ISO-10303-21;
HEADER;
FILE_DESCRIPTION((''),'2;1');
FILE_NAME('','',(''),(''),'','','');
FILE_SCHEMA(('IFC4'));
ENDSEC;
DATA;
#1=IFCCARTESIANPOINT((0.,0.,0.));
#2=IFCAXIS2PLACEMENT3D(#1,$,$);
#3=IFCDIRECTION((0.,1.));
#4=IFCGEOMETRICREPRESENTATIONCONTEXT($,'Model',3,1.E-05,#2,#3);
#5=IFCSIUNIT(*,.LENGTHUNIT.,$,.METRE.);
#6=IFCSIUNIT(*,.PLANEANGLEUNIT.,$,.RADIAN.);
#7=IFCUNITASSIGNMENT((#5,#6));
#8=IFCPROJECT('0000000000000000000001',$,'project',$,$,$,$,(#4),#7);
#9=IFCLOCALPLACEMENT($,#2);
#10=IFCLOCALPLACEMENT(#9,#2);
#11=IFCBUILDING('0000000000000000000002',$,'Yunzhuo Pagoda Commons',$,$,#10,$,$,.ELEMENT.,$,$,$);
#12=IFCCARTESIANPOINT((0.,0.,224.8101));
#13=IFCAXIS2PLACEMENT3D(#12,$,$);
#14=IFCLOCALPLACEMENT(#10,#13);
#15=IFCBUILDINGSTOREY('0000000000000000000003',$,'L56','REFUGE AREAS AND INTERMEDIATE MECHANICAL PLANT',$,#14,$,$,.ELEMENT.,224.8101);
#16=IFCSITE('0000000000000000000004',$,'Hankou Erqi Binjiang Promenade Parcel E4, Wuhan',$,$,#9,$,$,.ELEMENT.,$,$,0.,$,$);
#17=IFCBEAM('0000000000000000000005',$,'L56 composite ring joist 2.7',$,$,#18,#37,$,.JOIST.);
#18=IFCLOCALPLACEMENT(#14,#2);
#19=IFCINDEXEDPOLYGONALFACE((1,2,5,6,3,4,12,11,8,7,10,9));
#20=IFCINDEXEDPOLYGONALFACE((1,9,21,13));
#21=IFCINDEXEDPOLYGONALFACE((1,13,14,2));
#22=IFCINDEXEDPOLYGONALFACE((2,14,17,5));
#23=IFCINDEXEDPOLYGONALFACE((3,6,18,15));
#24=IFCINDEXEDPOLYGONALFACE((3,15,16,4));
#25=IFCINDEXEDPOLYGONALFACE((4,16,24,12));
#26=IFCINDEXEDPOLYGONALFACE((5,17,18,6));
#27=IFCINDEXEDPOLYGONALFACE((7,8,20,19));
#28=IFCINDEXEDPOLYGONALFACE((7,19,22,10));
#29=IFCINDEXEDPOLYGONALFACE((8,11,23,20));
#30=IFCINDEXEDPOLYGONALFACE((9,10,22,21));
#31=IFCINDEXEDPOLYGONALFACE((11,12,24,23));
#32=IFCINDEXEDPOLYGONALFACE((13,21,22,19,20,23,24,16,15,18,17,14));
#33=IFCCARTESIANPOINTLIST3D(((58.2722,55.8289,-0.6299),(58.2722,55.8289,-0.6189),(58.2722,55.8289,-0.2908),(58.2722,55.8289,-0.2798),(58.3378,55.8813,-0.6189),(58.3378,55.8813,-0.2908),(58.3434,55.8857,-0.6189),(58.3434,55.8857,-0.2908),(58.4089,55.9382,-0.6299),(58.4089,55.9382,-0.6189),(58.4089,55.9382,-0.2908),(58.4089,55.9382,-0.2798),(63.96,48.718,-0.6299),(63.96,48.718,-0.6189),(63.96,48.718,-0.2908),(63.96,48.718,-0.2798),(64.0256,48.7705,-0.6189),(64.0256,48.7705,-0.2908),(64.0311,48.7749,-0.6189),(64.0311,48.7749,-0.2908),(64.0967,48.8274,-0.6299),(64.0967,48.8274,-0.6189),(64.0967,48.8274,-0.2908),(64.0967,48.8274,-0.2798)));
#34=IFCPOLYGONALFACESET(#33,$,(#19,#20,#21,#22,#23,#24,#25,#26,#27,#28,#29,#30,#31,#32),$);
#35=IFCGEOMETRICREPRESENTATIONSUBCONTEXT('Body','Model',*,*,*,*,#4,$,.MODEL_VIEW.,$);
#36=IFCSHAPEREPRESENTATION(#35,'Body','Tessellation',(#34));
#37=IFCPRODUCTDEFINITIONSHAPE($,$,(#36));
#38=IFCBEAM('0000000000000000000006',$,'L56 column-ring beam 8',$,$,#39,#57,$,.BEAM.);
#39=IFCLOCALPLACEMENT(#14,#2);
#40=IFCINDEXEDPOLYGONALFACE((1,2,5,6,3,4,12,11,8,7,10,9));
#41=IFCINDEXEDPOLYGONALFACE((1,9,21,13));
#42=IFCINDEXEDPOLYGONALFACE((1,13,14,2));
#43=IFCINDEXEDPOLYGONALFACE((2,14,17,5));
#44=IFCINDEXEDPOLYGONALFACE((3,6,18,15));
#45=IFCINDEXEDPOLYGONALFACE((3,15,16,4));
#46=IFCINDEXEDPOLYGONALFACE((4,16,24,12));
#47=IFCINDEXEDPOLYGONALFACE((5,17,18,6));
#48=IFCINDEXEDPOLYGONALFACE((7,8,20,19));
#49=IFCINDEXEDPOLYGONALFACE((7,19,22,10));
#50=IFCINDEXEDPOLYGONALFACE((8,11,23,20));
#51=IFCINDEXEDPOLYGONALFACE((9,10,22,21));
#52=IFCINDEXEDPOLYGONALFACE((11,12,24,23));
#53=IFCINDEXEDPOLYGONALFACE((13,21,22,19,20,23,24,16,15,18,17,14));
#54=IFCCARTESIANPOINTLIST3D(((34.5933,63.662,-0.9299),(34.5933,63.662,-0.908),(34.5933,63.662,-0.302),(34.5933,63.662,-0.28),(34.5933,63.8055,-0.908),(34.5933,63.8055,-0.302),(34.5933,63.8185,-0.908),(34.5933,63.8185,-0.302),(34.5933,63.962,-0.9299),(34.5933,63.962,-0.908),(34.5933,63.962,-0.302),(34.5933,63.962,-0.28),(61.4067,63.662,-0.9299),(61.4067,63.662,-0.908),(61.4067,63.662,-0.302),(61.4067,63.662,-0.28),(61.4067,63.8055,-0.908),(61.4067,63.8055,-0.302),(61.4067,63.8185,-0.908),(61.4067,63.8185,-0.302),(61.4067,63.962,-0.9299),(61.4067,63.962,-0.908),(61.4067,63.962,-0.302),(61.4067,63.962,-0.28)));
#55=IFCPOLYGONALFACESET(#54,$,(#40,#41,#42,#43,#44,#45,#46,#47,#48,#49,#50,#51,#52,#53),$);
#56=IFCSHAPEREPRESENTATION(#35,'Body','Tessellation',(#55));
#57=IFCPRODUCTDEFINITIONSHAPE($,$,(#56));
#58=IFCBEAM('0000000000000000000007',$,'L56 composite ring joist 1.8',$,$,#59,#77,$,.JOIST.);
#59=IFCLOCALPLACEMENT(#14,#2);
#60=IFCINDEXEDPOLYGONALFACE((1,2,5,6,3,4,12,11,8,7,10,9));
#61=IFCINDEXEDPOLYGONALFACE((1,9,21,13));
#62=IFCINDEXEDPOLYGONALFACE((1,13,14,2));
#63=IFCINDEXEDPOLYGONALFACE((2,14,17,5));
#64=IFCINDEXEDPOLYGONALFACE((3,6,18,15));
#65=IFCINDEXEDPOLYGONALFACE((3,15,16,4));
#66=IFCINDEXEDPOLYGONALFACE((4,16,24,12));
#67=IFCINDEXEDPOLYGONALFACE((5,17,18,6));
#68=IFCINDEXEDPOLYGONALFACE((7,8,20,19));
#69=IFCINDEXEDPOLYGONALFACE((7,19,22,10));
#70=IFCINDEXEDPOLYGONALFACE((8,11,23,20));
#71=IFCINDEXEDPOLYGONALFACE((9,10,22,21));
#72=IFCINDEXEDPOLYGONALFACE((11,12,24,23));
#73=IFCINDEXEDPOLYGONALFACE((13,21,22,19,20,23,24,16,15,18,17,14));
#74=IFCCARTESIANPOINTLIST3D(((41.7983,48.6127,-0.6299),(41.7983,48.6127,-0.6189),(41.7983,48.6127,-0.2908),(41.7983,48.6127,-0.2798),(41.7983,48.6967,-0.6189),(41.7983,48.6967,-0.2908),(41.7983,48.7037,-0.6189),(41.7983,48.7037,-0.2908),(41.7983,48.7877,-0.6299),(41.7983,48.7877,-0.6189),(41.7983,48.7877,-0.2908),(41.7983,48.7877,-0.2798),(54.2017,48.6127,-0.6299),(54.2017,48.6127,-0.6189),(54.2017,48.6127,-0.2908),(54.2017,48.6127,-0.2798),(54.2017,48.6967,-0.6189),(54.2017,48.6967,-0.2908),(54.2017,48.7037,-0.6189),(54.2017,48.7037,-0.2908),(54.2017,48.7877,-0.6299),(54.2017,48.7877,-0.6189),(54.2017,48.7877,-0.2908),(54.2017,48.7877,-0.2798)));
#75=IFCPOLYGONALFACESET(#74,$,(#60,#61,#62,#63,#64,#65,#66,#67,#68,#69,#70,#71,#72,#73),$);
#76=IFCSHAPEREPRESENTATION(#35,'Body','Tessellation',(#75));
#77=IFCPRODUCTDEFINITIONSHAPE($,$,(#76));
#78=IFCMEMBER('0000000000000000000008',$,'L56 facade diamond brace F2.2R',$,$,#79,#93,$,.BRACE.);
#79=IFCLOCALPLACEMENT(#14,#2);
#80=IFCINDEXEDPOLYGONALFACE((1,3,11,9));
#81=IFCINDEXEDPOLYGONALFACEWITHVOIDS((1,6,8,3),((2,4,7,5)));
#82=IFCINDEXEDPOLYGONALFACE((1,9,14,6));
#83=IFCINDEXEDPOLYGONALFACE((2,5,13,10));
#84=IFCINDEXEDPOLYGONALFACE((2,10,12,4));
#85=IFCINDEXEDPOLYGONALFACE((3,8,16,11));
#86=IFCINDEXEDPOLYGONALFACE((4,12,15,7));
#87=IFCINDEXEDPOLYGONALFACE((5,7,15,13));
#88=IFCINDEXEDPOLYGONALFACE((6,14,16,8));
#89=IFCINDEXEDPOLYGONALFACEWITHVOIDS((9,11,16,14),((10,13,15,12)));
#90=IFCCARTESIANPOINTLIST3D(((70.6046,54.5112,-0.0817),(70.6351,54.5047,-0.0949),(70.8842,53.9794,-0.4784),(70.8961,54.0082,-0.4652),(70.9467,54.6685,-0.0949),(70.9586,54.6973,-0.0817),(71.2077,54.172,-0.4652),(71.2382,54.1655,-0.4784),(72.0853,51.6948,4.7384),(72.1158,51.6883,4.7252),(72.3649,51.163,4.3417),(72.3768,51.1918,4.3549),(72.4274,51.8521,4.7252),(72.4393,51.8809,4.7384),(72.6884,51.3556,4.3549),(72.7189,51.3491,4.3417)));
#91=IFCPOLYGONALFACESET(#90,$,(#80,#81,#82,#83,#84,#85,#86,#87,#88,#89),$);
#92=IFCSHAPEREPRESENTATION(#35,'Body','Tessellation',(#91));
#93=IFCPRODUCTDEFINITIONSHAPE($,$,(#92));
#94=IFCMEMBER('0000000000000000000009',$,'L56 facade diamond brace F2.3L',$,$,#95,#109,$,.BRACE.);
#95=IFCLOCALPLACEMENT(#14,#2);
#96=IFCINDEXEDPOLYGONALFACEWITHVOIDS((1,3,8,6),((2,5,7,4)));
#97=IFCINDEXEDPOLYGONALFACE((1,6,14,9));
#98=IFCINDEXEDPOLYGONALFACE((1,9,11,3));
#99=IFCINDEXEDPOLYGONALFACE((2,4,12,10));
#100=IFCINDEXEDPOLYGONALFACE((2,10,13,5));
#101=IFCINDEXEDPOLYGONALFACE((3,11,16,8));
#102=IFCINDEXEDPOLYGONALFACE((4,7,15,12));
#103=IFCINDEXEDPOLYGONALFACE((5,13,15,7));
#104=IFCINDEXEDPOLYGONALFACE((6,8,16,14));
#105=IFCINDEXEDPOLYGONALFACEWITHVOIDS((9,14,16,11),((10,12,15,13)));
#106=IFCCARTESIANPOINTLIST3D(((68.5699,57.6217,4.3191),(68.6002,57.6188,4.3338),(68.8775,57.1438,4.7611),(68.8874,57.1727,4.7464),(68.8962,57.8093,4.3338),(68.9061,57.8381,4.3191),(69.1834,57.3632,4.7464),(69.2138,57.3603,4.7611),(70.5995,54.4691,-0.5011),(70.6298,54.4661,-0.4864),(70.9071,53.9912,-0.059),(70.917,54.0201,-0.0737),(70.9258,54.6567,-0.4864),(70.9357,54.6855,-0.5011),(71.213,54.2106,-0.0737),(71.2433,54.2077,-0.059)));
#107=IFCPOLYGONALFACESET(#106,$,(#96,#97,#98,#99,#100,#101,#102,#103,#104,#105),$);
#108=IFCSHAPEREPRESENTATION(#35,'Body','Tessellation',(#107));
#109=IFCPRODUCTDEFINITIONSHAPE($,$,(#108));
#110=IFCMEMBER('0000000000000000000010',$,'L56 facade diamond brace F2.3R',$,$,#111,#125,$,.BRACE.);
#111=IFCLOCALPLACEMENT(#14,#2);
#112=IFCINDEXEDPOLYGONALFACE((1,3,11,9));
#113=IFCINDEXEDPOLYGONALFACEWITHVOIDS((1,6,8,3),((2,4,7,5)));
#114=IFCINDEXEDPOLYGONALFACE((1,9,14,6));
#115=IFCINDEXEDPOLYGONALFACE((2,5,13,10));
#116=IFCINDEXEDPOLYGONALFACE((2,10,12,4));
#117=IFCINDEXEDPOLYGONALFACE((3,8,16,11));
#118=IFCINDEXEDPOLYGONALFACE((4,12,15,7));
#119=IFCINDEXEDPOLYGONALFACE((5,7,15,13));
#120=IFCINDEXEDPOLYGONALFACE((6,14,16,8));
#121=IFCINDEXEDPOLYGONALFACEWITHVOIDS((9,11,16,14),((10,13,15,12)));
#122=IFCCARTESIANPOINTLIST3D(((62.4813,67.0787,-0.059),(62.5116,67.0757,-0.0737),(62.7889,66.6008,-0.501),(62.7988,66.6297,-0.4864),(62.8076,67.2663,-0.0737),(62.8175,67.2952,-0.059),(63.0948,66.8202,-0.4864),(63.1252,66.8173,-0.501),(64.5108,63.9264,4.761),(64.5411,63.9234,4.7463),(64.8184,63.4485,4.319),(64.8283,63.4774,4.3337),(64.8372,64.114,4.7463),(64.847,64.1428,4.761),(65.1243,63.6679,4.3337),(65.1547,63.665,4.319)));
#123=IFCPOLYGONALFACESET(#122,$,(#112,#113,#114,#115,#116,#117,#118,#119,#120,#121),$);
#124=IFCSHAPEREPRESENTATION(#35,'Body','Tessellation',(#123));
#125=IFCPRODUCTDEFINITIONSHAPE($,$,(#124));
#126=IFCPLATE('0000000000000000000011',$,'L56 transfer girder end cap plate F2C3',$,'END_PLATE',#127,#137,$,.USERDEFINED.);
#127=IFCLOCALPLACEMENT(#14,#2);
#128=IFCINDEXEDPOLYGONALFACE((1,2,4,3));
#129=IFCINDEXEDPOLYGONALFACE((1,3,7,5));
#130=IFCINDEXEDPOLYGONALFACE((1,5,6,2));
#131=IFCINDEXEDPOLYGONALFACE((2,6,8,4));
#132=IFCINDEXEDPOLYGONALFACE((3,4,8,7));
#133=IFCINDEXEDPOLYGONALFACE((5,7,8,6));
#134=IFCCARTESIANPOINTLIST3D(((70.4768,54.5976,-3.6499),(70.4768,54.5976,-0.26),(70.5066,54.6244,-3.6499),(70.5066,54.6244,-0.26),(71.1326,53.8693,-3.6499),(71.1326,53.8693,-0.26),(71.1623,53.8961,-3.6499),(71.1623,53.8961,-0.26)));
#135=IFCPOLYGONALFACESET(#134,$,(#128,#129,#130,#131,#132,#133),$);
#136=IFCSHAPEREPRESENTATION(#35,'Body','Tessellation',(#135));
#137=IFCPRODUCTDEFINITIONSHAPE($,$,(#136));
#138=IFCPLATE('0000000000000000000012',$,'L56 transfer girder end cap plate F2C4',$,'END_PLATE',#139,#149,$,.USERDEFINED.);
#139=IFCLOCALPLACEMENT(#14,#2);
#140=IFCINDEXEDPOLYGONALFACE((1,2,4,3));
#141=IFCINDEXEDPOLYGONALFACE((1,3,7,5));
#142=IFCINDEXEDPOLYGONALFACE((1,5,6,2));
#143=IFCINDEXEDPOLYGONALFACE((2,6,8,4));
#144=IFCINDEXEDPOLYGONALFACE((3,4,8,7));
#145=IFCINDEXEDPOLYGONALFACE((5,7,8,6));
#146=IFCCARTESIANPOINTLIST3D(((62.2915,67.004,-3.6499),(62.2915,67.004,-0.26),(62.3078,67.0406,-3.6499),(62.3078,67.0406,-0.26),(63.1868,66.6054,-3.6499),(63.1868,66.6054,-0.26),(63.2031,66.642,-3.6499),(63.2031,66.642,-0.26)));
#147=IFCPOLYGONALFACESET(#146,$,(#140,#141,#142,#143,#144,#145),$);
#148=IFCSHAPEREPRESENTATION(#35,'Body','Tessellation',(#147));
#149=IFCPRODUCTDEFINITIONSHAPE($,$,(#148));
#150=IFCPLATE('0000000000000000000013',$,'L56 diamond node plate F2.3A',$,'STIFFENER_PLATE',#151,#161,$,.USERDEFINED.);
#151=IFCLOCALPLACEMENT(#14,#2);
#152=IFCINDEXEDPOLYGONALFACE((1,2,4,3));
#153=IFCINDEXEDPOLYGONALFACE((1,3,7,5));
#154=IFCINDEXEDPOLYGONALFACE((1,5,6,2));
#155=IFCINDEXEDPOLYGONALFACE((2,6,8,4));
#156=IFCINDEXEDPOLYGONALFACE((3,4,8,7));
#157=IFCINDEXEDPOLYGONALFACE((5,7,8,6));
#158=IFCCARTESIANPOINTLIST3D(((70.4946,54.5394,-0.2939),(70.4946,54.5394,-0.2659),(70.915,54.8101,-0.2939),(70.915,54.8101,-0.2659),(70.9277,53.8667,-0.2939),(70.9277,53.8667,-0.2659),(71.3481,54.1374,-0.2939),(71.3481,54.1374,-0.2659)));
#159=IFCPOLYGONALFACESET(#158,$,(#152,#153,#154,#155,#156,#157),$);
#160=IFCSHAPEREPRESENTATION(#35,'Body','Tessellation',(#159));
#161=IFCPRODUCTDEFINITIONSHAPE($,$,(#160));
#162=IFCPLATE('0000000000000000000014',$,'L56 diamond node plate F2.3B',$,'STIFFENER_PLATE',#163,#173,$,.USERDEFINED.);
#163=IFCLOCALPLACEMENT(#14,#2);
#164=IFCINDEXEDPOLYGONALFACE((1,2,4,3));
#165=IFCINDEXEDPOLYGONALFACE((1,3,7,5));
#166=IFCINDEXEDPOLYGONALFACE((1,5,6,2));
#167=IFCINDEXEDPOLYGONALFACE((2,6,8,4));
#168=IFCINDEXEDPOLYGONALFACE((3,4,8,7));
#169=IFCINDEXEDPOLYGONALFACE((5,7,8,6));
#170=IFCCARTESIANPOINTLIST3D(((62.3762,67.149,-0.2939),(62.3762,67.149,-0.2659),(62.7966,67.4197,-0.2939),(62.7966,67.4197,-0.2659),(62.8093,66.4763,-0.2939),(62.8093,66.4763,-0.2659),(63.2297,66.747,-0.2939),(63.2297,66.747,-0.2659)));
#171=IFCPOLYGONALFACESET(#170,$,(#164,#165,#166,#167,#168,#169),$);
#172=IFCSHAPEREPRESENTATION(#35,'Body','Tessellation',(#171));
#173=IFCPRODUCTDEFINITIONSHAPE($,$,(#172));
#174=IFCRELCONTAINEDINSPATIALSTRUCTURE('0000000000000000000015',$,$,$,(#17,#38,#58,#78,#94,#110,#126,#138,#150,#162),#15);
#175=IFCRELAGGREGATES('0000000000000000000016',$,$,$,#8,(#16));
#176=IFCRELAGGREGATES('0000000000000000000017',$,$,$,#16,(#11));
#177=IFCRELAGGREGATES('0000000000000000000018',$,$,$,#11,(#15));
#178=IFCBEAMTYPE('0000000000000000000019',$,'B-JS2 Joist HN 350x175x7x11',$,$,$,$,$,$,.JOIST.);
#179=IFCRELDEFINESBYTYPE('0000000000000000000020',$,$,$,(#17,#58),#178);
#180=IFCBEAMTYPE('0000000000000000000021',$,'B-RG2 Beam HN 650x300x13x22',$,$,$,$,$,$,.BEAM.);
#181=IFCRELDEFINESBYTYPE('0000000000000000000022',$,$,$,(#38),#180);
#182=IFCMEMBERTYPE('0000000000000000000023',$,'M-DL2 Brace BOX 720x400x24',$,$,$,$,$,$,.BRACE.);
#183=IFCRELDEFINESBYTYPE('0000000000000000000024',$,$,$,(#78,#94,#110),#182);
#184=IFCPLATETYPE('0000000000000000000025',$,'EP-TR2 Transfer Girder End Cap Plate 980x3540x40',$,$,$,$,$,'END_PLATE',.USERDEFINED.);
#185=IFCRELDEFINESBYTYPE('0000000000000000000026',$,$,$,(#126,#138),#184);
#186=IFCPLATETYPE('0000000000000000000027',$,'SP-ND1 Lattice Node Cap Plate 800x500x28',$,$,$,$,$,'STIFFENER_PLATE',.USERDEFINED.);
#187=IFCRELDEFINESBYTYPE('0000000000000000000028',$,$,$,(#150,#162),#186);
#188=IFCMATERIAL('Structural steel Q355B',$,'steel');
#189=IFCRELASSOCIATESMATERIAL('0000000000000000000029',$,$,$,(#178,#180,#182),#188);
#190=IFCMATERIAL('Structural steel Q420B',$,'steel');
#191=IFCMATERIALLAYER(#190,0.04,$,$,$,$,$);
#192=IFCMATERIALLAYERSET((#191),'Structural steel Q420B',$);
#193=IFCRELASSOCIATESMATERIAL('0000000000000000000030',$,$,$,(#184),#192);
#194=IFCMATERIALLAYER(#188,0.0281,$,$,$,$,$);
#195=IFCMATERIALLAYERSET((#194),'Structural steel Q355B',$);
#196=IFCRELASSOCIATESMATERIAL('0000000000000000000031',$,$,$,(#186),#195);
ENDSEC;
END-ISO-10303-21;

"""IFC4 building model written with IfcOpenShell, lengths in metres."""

from ifc_helpers import new_model, si_unit, direction, frame, origin, origin_2d, place, context, subcontext, project, spatial, rectangle, hollow_rectangle, i_section, extrude, source, transform, mapped, material, layer, layer_set, material_profile, profile_set, type_object, element, save


model = new_model("IFC4")

# Units and contexts
model_context = context("Model", 3, precision=1e-05, world=origin(), true_north=direction((0.0, 1.0)))
body_context = subcontext(model_context, "Body", "Model", "MODEL_VIEW")
ifc_project = project(units=[si_unit("LENGTHUNIT", "METRE"), si_unit("PLANEANGLEUNIT", "RADIAN")], contexts=[model_context])

# Site, building, storey
site_placement = place(None, origin())
site = spatial("IfcSite", under=ifc_project, at=site_placement, Name="Hankou Erqi Binjiang Promenade Parcel E4, Wuhan", CompositionType="ELEMENT", RefElevation=0.0)
building_placement = place(site_placement, origin())
building = spatial("IfcBuilding", under=site, at=building_placement, Name="Yunzhuo Pagoda Commons", CompositionType="ELEMENT")
storey_placement = place(building_placement, frame((0.0, 0.0, 224.8101)))
storey = spatial("IfcBuildingStorey", under=building, at=storey_placement, Name="L56", Description="REFUGE AREAS AND INTERMEDIATE MECHANICAL PLANT", CompositionType="ELEMENT", Elevation=224.8101)

# Shared definitions
ifc_material_1 = material(Name="Structural steel Q355B", Category="steel")

# Beams
ifc_material_profile_1 = material_profile(ifc_material_1, i_section(OverallWidth=0.175, OverallDepth=0.3501, WebThickness=0.0071, FlangeThickness=0.011, at=origin_2d()), Name="Structural steel Q355B")
ifc_profile_set_1 = profile_set([ifc_material_profile_1], Name="Structural steel Q355B")
beam_type_1 = type_object("IfcBeamType", Name="B-JS2 Joist HN 350x175x7x11", PredefinedType="JOIST", material=ifc_profile_set_1)
ifc_material_2 = material(Name="Structural steel Q420B", Category="steel")
ifc_material_profile_2 = material_profile(ifc_material_1, i_section(OverallWidth=0.3, OverallDepth=0.6499, WebThickness=0.0129, FlangeThickness=0.022, at=origin_2d()), Name="Structural steel Q355B")
ifc_profile_set_2 = profile_set([ifc_material_profile_2], Name="Structural steel Q355B")
beam_type_2 = type_object("IfcBeamType", Name="B-RG2 Beam HN 650x300x13x22", PredefinedType="BEAM", material=ifc_profile_set_2)
shared_shape_1 = source(origin(), body_context, "Body", "SweptSolid", [
    extrude(i_section(OverallWidth=0.175, OverallDepth=0.3501, WebThickness=0.0071, FlangeThickness=0.011, at=origin_2d()), origin(), (0.0, 0.0, 1.0), 9.1057),
])
beam_1_placement = place(storey_placement, frame((64.0283, 48.7727, -0.4548), z_axis=(-0.624633, 0.780919, 0.0), x_axis=(-0.780919, -0.624633, 0.0)))
element("IfcBeam", 1, at=beam_1_placement, inside=storey, type_object=beam_type_1, Name="L56 composite ring joist 2.7", PredefinedType="JOIST", context=body_context, shape_type="MappedRepresentation", body=[
    mapped(shared_shape_1, transform((0.0, 0.0, 0.0), scale=1.0)),
])
shared_shape_2 = source(origin(), body_context, "Body", "SweptSolid", [
    extrude(i_section(OverallWidth=0.3, OverallDepth=0.6499, WebThickness=0.0129, FlangeThickness=0.022, at=origin_2d()), origin(), (0.0, 0.0, 1.0), 26.8135),
])
beam_2_placement = place(storey_placement, frame((61.4067, 63.812, -0.605), z_axis=(-1.0, 0.0, 0.0), x_axis=(0.0, -1.0, 0.0)))
element("IfcBeam", 2, at=beam_2_placement, inside=storey, type_object=beam_type_2, Name="L56 column-ring beam 8", PredefinedType="BEAM", context=body_context, shape_type="MappedRepresentation", body=[
    mapped(shared_shape_2, transform((0.0, 0.0, 0.0), scale=1.0)),
])
shared_shape_3 = source(origin(), body_context, "Body", "SweptSolid", [
    extrude(i_section(OverallWidth=0.175, OverallDepth=0.3501, WebThickness=0.0071, FlangeThickness=0.011, at=origin_2d()), origin(), (0.0, 0.0, 1.0), 12.4033),
])
beam_3_placement = place(storey_placement, frame((54.2017, 48.7002, -0.4548), z_axis=(-1.0, 0.0, 0.0), x_axis=(0.0, -1.0, 0.0)))
element("IfcBeam", 3, at=beam_3_placement, inside=storey, type_object=beam_type_1, Name="L56 composite ring joist 1.8", PredefinedType="JOIST", context=body_context, shape_type="MappedRepresentation", body=[
    mapped(shared_shape_3, transform((0.0, 0.0, 0.0), scale=1.0)),
])

# Members
ifc_material_profile_3 = material_profile(ifc_material_1, hollow_rectangle(XDim=0.3999, YDim=0.72, WallThickness=0.0239, at=origin_2d()), Name="Structural steel Q355B")
ifc_profile_set_3 = profile_set([ifc_material_profile_3], Name="Structural steel Q355B")
member_type = type_object("IfcMemberType", Name="M-DL2 Brace BOX 720x400x24", PredefinedType="BRACE", material=ifc_profile_set_3)
shared_shape_4 = source(origin(), body_context, "Body", "SweptSolid", [
    extrude(hollow_rectangle(XDim=0.3999, YDim=0.72, WallThickness=0.0239, at=origin_2d()), origin(), (0.0, 0.0, 1.0), 5.7756),
])
member_1_placement = place(storey_placement, frame((70.9214, 54.3384, -0.28), z_axis=(0.256373, -0.487638, 0.834555), x_axis=(0.885126, 0.465351, 0.0)))
element("IfcMember", 4, at=member_1_placement, inside=storey, type_object=member_type, Name="L56 facade diamond brace F2.2R", PredefinedType="BRACE", context=body_context, shape_type="MappedRepresentation", body=[
    mapped(shared_shape_4, transform((0.0, 0.0, 0.0), scale=1.0)),
])
shared_shape_5 = source(origin(), body_context, "Body", "SweptSolid", [
    extrude(hollow_rectangle(XDim=0.3999, YDim=0.72, WallThickness=0.0239, at=origin_2d()), origin(), (0.0, 0.0, 1.0), 6.1067),
])
member_2_placement = place(storey_placement, frame((70.9214, 54.3384, -0.28), z_axis=(-0.332351, 0.516257, 0.789317), x_axis=(-0.840829, -0.5413, 0.0)))
element("IfcMember", 5, at=member_2_placement, inside=storey, type_object=member_type, Name="L56 facade diamond brace F2.3L", PredefinedType="BRACE", context=body_context, shape_type="MappedRepresentation", body=[
    mapped(shared_shape_5, transform((0.0, 0.0, 0.0), scale=1.0)),
])
shared_shape_6 = source(origin(), body_context, "Body", "SweptSolid", [
    extrude(hollow_rectangle(XDim=0.3999, YDim=0.72, WallThickness=0.0239, at=origin_2d()), origin(), (0.0, 0.0, 1.0), 6.1064),
])
member_3_placement = place(storey_placement, frame((62.8032, 66.948, -0.28), z_axis=(0.332357, -0.516227, 0.789334), x_axis=(0.84081, 0.54133, 0.0)))
element("IfcMember", 6, at=member_3_placement, inside=storey, type_object=member_type, Name="L56 facade diamond brace F2.3R", PredefinedType="BRACE", context=body_context, shape_type="MappedRepresentation", body=[
    mapped(shared_shape_6, transform((0.0, 0.0, 0.0), scale=1.0)),
])

# Plates
ifc_layer_1 = layer(ifc_material_2, 0.04)
ifc_layer_set_1 = layer_set([ifc_layer_1], Name="Structural steel Q420B")
plate_type_1 = type_object("IfcPlateType", Name="EP-TR2 Transfer Girder End Cap Plate 980x3540x40", ElementType="END_PLATE", PredefinedType="USERDEFINED", material=ifc_layer_set_1)
shared_shape_7 = source(origin(), body_context, "Body", "SweptSolid", [
    extrude(rectangle(XDim=0.98, YDim=0.04, at=origin_2d()), origin(), (0.0, 0.0, 1.0), 3.3899),
])
for number, where, z_axis, x_axis, name in (
    (7, (70.8196, 54.2468, -3.6499), (0.0, 0.0, 1.0), (-0.669131, 0.743145, 0.0), "L56 transfer girder end cap plate F2C3"),
    (8, (62.7473, 66.823, -3.6499), (0.0, 0.0, 1.0), (-0.913545, 0.406737, 0.0), "L56 transfer girder end cap plate F2C4"),
):
    element("IfcPlate", number, at=place(storey_placement, frame(where, z_axis=z_axis, x_axis=x_axis)), inside=storey, type_object=plate_type_1, Name=name, ObjectType="END_PLATE", PredefinedType="USERDEFINED", context=body_context, shape_type="MappedRepresentation", body=[
        mapped(shared_shape_7, transform((0.0, 0.0, 0.0), scale=1.0)),
    ])
ifc_layer_2 = layer(ifc_material_1, 0.0281)
ifc_layer_set_2 = layer_set([ifc_layer_2], Name="Structural steel Q355B")
plate_type_2 = type_object("IfcPlateType", Name="SP-ND1 Lattice Node Cap Plate 800x500x28", ElementType="STIFFENER_PLATE", PredefinedType="USERDEFINED", material=ifc_layer_set_2)
shared_shape_8 = source(origin(), body_context, "Body", "SweptSolid", [
    extrude(rectangle(XDim=0.8, YDim=0.5, at=origin_2d()), origin(), (0.0, 0.0, 1.0), 0.0281),
])
for number, where, z_axis, x_axis, name in (
    (9, (70.9214, 54.3384, -0.2939), (0.0, 0.0, 1.0), (-0.541341, 0.840803, 0.0), "L56 diamond node plate F2.3A"),
    (10, (62.803, 66.948, -0.2939), (0.0, 0.0, 1.0), (-0.541341, 0.840803, 0.0), "L56 diamond node plate F2.3B"),
):
    element("IfcPlate", number, at=place(storey_placement, frame(where, z_axis=z_axis, x_axis=x_axis)), inside=storey, type_object=plate_type_2, Name=name, ObjectType="STIFFENER_PLATE", PredefinedType="USERDEFINED", context=body_context, shape_type="MappedRepresentation", body=[
        mapped(shared_shape_8, transform((0.0, 0.0, 0.0), scale=1.0)),
    ])

save(model, "model.ifc")
